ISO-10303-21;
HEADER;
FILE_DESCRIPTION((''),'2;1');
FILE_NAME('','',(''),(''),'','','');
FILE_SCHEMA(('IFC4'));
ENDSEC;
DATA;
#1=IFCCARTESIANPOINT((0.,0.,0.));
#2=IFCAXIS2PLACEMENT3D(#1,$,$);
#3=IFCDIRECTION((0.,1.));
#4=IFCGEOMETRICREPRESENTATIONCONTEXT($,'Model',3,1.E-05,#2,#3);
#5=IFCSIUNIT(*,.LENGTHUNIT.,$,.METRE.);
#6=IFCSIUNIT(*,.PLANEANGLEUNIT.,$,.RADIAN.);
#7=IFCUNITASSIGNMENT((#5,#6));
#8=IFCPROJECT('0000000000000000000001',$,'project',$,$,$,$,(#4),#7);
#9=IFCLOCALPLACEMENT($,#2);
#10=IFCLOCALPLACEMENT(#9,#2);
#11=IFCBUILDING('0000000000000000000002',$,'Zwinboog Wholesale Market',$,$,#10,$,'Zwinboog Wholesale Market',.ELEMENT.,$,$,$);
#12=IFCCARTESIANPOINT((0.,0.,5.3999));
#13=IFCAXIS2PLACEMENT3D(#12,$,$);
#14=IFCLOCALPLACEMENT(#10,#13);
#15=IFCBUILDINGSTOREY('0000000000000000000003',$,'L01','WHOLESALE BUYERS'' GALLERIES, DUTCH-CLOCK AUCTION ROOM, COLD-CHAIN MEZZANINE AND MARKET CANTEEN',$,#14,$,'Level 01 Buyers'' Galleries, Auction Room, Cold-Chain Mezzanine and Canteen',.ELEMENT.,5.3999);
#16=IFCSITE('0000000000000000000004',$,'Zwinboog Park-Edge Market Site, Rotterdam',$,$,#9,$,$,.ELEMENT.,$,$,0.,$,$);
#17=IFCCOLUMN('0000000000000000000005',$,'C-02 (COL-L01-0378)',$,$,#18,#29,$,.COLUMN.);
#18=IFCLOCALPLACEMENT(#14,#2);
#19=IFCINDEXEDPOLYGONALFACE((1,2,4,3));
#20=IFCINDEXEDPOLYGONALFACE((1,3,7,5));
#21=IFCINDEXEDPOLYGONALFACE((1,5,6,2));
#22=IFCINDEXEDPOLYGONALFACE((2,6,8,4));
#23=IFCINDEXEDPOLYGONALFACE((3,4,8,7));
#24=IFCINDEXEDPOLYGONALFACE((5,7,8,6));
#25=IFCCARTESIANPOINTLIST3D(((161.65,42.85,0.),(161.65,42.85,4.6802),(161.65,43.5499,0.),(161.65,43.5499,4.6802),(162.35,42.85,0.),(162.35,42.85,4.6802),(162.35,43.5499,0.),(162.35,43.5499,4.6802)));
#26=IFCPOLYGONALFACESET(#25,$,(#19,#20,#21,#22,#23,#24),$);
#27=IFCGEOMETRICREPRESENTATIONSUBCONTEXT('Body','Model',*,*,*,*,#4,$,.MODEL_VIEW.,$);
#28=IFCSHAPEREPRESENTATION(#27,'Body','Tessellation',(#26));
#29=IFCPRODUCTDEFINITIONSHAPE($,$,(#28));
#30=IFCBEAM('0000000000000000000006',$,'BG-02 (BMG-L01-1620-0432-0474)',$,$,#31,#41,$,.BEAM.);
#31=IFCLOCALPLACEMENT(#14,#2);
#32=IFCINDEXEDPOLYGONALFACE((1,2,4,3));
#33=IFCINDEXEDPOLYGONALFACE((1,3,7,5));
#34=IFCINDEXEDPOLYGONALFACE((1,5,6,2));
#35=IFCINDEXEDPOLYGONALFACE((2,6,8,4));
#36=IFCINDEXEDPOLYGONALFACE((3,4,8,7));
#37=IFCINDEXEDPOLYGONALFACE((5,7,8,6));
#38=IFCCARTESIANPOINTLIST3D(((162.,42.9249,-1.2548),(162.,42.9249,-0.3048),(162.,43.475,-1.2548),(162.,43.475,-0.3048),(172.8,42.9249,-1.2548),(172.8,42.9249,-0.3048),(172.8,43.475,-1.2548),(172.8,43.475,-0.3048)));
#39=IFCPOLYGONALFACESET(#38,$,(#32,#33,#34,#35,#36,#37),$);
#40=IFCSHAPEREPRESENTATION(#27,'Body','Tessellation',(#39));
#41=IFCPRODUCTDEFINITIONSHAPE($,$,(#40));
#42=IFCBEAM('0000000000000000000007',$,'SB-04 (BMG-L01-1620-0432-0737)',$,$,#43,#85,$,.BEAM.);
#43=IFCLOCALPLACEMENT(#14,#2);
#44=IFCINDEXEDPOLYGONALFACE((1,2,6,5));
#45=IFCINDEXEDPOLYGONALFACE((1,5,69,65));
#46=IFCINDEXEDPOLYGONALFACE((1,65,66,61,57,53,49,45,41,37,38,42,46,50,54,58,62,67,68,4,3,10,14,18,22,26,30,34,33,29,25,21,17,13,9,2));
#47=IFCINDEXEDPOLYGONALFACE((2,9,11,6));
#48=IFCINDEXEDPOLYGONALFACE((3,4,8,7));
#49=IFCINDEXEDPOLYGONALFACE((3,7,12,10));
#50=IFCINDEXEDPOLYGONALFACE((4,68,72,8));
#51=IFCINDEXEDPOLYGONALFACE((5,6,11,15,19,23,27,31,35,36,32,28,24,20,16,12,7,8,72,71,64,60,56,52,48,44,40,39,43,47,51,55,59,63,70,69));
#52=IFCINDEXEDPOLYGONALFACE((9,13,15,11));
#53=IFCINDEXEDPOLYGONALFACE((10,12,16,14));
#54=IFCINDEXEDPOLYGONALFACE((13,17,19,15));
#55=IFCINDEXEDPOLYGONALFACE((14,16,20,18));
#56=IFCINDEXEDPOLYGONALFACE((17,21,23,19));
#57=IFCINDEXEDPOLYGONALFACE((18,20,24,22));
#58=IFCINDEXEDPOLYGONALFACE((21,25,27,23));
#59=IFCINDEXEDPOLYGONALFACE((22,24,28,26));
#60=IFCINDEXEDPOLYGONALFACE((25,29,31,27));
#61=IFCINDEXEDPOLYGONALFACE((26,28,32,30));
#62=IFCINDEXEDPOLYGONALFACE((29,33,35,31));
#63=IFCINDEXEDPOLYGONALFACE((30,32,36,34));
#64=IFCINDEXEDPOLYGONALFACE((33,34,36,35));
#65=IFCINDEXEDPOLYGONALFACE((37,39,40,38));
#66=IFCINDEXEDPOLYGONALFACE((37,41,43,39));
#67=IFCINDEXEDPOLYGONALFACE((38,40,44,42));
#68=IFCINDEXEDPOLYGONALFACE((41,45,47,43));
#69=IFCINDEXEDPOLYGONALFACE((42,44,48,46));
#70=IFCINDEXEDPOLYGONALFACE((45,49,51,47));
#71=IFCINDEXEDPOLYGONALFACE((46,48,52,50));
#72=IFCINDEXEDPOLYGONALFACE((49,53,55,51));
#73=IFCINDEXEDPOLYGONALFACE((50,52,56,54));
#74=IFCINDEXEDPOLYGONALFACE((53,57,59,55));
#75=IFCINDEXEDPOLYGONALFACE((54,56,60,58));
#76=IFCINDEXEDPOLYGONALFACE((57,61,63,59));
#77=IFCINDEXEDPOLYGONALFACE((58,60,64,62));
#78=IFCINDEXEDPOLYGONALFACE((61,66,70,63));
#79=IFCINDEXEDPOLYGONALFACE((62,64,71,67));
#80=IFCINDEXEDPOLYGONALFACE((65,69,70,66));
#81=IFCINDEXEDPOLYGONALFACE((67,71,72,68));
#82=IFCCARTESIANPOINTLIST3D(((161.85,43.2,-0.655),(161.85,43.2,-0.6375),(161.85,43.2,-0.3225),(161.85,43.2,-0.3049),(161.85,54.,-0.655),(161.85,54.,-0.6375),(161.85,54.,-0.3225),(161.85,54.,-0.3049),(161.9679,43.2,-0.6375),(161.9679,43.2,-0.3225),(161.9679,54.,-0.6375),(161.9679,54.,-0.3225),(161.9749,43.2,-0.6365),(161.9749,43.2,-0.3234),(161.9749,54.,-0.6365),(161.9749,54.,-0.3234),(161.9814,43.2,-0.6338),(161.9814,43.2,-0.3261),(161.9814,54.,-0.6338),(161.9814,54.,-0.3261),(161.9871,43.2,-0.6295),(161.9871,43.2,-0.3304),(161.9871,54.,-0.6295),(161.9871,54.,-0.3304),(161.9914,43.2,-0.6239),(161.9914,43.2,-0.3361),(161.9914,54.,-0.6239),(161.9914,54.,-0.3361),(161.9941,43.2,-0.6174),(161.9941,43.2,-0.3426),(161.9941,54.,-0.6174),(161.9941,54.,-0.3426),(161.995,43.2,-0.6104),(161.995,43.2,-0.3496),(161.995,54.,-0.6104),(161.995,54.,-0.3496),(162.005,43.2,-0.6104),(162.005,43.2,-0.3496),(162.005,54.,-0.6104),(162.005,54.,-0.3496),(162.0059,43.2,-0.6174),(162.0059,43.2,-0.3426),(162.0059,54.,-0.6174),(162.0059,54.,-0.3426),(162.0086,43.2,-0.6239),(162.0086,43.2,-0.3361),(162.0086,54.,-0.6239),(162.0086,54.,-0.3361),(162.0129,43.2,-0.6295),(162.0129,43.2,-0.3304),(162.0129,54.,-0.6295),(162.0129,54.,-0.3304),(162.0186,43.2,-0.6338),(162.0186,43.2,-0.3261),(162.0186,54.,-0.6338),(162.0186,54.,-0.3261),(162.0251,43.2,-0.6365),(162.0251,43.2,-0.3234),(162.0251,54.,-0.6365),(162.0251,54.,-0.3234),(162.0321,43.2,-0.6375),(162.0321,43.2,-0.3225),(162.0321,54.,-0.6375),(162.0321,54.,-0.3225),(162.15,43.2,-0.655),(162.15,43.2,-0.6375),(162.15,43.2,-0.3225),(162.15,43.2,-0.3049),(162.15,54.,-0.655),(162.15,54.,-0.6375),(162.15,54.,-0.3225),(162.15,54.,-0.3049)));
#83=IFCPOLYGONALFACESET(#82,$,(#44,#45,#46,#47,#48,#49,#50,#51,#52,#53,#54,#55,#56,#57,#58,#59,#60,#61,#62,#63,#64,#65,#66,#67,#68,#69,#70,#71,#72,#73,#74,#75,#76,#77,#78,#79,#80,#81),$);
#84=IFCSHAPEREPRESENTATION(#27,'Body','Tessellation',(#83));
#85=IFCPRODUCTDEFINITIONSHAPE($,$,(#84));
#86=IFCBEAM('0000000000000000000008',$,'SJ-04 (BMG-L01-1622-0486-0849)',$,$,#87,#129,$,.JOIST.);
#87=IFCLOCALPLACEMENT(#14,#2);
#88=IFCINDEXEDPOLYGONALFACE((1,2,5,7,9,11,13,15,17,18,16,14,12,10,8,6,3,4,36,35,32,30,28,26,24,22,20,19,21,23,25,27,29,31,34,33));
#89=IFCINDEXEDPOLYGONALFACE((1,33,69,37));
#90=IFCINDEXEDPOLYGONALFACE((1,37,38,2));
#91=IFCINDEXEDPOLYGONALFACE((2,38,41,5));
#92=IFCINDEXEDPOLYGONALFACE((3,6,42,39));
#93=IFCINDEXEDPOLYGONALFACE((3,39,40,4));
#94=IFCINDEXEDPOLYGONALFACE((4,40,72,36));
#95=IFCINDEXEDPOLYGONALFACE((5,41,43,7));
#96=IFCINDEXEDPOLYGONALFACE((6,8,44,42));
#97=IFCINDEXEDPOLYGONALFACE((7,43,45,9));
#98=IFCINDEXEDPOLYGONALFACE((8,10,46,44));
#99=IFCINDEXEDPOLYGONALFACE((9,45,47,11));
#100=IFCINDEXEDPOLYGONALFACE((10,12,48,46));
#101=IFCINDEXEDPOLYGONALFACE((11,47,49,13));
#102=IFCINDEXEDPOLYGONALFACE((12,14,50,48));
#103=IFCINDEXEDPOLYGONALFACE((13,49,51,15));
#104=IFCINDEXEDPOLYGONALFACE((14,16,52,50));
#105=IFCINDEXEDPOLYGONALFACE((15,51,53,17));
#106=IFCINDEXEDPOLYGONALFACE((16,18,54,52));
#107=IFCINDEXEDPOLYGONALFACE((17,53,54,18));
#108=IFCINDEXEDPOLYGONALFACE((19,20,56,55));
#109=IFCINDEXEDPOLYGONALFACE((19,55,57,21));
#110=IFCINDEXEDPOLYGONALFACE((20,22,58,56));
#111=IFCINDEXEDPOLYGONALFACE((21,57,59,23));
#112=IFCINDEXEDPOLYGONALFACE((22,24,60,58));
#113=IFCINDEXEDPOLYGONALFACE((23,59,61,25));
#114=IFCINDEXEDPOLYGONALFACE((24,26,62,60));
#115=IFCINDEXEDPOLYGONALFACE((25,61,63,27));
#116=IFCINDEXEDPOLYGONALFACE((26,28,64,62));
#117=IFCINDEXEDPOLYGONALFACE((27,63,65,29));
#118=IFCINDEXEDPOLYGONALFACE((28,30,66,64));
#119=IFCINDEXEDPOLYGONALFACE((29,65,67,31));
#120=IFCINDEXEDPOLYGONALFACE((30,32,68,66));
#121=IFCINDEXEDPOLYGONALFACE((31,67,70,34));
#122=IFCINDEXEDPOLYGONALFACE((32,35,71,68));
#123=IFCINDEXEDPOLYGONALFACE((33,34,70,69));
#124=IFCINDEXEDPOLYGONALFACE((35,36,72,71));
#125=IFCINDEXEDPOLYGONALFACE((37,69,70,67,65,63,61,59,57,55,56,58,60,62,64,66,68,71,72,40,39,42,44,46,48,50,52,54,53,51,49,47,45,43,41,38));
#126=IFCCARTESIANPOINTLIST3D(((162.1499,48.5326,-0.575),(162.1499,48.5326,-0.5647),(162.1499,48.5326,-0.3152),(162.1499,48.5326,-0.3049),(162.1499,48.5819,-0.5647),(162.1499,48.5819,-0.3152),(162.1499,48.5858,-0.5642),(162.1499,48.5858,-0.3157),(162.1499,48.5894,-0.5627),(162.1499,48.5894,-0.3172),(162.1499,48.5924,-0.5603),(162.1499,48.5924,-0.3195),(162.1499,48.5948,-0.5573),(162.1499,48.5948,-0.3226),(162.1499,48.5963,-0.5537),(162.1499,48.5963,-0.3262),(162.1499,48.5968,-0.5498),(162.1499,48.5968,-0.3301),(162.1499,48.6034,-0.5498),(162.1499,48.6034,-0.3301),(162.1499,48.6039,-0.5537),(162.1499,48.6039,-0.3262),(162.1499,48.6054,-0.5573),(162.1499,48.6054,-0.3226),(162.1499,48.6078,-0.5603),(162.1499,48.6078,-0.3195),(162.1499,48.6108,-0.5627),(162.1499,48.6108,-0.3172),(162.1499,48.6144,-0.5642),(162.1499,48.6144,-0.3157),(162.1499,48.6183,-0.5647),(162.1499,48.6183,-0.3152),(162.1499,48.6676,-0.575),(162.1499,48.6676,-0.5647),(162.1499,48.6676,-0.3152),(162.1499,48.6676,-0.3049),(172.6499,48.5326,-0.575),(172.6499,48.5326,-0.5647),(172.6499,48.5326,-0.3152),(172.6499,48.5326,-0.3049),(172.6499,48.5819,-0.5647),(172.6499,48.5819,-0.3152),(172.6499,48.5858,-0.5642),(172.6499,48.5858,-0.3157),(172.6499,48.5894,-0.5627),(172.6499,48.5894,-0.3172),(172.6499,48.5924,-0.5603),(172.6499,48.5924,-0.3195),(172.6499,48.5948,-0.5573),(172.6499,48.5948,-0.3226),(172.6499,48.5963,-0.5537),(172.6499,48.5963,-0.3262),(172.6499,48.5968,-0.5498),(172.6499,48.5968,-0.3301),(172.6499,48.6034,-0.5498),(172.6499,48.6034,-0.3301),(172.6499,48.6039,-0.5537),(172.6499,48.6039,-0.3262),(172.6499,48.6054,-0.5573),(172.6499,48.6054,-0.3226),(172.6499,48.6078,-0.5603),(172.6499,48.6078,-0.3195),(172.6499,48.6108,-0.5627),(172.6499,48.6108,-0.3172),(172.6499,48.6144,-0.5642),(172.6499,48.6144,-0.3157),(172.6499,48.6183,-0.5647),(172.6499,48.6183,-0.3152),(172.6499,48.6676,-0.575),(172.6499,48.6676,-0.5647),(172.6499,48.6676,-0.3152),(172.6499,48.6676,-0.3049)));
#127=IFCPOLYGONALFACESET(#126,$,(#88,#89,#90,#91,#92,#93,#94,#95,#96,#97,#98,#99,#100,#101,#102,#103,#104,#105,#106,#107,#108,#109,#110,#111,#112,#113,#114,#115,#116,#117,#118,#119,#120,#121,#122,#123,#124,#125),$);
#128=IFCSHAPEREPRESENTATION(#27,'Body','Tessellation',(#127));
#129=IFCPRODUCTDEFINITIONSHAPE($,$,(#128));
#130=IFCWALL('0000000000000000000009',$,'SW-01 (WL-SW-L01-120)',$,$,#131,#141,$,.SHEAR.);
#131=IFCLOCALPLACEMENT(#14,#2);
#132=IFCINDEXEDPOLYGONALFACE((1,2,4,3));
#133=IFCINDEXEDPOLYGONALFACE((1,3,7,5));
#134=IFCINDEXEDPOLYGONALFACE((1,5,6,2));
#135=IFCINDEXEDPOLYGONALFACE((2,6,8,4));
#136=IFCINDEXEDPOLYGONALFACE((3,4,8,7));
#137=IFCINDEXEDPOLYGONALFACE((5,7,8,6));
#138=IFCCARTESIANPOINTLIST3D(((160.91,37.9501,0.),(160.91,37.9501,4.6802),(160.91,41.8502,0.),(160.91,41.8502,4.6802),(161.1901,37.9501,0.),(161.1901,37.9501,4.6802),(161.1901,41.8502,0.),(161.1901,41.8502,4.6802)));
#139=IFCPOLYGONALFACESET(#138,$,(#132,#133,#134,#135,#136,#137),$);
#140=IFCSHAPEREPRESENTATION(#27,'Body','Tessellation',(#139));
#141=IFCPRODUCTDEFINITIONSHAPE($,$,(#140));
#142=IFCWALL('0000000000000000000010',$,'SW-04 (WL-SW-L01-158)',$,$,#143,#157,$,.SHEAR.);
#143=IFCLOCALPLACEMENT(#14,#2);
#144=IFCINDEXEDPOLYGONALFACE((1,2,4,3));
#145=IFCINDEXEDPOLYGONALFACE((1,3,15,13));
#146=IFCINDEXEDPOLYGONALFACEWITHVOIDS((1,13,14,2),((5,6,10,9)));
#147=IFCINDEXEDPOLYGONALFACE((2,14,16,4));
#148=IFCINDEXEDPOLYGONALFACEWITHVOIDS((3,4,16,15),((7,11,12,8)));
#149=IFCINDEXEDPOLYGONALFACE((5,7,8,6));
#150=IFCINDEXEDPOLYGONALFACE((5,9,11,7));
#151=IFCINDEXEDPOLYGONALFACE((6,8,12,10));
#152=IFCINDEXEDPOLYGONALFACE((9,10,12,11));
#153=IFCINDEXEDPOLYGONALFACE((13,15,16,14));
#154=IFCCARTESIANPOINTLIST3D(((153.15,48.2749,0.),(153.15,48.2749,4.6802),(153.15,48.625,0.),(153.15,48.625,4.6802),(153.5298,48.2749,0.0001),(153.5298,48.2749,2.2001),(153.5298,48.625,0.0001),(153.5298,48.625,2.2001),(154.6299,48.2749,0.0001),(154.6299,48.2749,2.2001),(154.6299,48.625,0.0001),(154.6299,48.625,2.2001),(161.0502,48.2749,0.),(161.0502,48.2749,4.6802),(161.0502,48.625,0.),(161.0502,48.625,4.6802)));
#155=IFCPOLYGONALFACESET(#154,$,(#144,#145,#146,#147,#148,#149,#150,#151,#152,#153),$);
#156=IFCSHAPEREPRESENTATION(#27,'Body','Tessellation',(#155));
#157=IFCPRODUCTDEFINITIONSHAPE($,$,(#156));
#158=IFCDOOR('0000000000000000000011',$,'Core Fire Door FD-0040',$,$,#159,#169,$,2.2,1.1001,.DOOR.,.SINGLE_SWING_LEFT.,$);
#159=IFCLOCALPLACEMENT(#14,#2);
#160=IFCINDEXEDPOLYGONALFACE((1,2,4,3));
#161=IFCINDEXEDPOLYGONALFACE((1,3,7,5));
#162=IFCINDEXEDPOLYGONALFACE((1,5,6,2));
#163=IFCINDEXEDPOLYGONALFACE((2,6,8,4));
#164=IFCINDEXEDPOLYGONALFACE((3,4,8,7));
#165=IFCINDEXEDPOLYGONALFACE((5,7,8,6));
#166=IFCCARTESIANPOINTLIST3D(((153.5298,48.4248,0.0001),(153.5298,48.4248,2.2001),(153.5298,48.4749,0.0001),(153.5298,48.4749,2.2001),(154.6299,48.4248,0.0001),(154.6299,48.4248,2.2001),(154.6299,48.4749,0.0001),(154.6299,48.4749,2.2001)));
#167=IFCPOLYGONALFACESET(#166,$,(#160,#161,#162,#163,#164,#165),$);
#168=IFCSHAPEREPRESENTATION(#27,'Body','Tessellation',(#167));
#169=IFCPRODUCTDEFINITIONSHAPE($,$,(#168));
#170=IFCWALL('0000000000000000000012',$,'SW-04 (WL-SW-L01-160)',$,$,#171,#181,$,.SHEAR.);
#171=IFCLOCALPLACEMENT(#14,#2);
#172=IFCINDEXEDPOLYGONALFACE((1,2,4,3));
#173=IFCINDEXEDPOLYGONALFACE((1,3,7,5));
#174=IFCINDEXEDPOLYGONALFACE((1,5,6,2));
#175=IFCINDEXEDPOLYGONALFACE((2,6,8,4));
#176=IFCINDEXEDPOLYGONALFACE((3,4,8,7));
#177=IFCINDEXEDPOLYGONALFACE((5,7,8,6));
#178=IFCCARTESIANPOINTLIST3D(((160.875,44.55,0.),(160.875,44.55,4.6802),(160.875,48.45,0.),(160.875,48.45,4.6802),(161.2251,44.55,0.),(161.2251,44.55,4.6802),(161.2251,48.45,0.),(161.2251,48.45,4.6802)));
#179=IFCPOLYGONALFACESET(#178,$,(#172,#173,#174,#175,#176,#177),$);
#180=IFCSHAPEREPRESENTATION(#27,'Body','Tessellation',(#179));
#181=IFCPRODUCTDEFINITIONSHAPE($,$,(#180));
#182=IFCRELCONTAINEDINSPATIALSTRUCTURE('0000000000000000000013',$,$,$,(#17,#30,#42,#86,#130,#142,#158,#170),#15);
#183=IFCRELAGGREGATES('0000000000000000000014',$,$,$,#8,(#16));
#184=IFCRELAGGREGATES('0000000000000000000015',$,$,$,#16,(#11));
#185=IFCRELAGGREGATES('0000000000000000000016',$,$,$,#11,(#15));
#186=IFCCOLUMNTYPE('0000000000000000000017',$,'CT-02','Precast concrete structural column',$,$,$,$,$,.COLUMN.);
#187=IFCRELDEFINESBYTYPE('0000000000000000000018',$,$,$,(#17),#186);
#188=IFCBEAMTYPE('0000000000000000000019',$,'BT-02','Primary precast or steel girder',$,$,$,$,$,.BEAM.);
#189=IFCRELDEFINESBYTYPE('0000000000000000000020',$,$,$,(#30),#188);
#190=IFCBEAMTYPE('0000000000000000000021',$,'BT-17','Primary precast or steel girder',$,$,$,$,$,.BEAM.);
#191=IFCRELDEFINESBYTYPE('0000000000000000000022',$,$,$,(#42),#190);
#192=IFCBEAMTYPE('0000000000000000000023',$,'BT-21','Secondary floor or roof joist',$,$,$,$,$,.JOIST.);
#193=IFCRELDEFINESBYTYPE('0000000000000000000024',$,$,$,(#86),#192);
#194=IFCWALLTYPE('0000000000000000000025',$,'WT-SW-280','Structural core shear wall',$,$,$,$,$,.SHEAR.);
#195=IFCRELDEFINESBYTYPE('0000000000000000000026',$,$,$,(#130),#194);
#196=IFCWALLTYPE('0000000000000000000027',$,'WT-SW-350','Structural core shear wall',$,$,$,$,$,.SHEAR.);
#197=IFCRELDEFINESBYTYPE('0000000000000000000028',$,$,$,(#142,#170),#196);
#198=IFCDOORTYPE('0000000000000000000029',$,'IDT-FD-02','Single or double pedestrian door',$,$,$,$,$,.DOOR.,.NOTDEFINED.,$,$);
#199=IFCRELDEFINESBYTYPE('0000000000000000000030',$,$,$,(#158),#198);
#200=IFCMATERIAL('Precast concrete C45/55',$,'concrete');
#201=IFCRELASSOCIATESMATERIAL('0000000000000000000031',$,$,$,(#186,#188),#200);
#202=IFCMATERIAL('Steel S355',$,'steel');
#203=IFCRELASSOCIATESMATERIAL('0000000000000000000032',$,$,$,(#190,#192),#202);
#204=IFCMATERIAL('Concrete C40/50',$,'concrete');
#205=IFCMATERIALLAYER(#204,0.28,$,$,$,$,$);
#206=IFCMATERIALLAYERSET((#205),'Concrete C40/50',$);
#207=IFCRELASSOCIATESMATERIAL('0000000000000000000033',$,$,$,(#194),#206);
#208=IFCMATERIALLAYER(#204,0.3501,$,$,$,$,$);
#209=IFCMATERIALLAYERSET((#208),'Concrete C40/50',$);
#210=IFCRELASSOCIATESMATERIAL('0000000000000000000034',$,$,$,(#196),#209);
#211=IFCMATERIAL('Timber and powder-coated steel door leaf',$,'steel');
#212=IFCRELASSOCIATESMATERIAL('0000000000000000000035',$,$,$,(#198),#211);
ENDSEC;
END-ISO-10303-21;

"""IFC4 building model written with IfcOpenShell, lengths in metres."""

from ifc_helpers import new_model, si_unit, direction, frame, frame_2d, origin, origin_2d, place, context, subcontext, project, spatial, rectangle, i_section, extrude, material, layer, layer_set, material_profile, profile_set, type_object, element, fill, save


model = new_model("IFC4")

# Units and contexts
model_context = context("Model", 3, precision=1e-05, world=origin(), true_north=direction((0.0, 1.0)))
body_context = subcontext(model_context, "Body", "Model", "MODEL_VIEW")
ifc_project = project(units=[si_unit("LENGTHUNIT", "METRE"), si_unit("PLANEANGLEUNIT", "RADIAN")], contexts=[model_context])

# Site, building, storey
site_placement = place(None, origin())
site = spatial("IfcSite", under=ifc_project, at=site_placement, Name="Zwinboog Park-Edge Market Site, Rotterdam", CompositionType="ELEMENT", RefElevation=0.0)
building_placement = place(site_placement, origin())
building = spatial("IfcBuilding", under=site, at=building_placement, Name="Zwinboog Wholesale Market", LongName="Zwinboog Wholesale Market", CompositionType="ELEMENT")
storey_placement = place(building_placement, frame((0.0, 0.0, 5.3999)))
storey = spatial("IfcBuildingStorey", under=building, at=storey_placement, Name="L01", Description="WHOLESALE BUYERS' GALLERIES, DUTCH-CLOCK AUCTION ROOM, COLD-CHAIN MEZZANINE AND MARKET CANTEEN", LongName="Level 01 Buyers' Galleries, Auction Room, Cold-Chain Mezzanine and Canteen", CompositionType="ELEMENT", Elevation=5.3999)

# Column
ifc_material_1 = material(Name="Precast concrete C45/55", Category="concrete")
ifc_material_profile_1 = material_profile(ifc_material_1, rectangle(XDim=0.7, YDim=0.7, at=origin_2d()), Name="PC 700x700")
ifc_profile_set_1 = profile_set([ifc_material_profile_1], Name="Precast concrete C45/55")
column_type = type_object("IfcColumnType", Name="CT-02", Description="Precast concrete structural column", PredefinedType="COLUMN", material=ifc_profile_set_1)
column_placement = place(storey_placement, frame((162.0, 43.2, 0.0), z_axis=(0.0, 0.0, 1.0), x_axis=(1.0, 0.0, 0.0)))
element("IfcColumn", 1, at=column_placement, inside=storey, type_object=column_type, Name="C-02 (COL-L01-0378)", PredefinedType="COLUMN", context=body_context, shape_type="SweptSolid", body=[
    extrude(rectangle(XDim=0.7, YDim=0.7, at=origin_2d()), origin(), (0.0, 0.0, 1.0), 4.6802),
])

# Beams
ifc_material_profile_2 = material_profile(ifc_material_1, rectangle(XDim=0.55, YDim=0.95, at=origin_2d()), Name="PC 550x950")
ifc_profile_set_2 = profile_set([ifc_material_profile_2], Name="Precast concrete C45/55")
beam_type_1 = type_object("IfcBeamType", Name="BT-02", Description="Primary precast or steel girder", PredefinedType="BEAM", material=ifc_profile_set_2)
beam_1_placement = place(storey_placement, frame((162.0, 43.2, -0.7798), z_axis=(1.0, 0.0, 0.0), x_axis=(0.0, 1.0, 0.0)))
element("IfcBeam", 2, at=beam_1_placement, inside=storey, type_object=beam_type_1, Name="BG-02 (BMG-L01-1620-0432-0474)", PredefinedType="BEAM", context=body_context, shape_type="SweptSolid", body=[
    extrude(rectangle(XDim=0.55, YDim=0.95, at=origin_2d()), origin(), (0.0, 0.0, 1.0), 10.8),
])
ifc_material_2 = material(Name="Steel S355", Category="steel")
ifc_material_profile_3 = material_profile(ifc_material_2, i_section(OverallWidth=0.3, OverallDepth=0.3501, WebThickness=0.01, FlangeThickness=0.0176, FilletRadius=0.0271, at=origin_2d()), Name="HEA 360")
ifc_profile_set_3 = profile_set([ifc_material_profile_3], Name="Steel S355")
beam_type_2 = type_object("IfcBeamType", Name="BT-17", Description="Primary precast or steel girder", PredefinedType="BEAM", material=ifc_profile_set_3)
beam_2_placement = place(storey_placement, frame((162.0, 43.2, -0.48), z_axis=(0.0, 1.0, 0.0), x_axis=(-1.0, 0.0, 0.0)))
element("IfcBeam", 3, at=beam_2_placement, inside=storey, type_object=beam_type_2, Name="SB-04 (BMG-L01-1620-0432-0737)", PredefinedType="BEAM", context=body_context, shape_type="SweptSolid", body=[
    extrude(i_section(OverallWidth=0.3, OverallDepth=0.3501, WebThickness=0.01, FlangeThickness=0.0176, FilletRadius=0.0271, at=origin_2d()), origin(), (0.0, 0.0, 1.0), 10.8),
])
ifc_material_profile_4 = material_profile(ifc_material_2, i_section(OverallWidth=0.135, OverallDepth=0.27, WebThickness=0.0066, FlangeThickness=0.0103, FilletRadius=0.0149, at=origin_2d()), Name="IPE 270")
ifc_profile_set_4 = profile_set([ifc_material_profile_4], Name="Steel S355")
beam_type_3 = type_object("IfcBeamType", Name="BT-21", Description="Secondary floor or roof joist", PredefinedType="JOIST", material=ifc_profile_set_4)
beam_3_placement = place(storey_placement, frame((162.1499, 48.6001, -0.4399), z_axis=(1.0, 0.0, 0.0), x_axis=(0.0, 1.0, 0.0)))
element("IfcBeam", 4, at=beam_3_placement, inside=storey, type_object=beam_type_3, Name="SJ-04 (BMG-L01-1622-0486-0849)", PredefinedType="JOIST", context=body_context, shape_type="SweptSolid", body=[
    extrude(i_section(OverallWidth=0.135, OverallDepth=0.27, WebThickness=0.0066, FlangeThickness=0.0103, FilletRadius=0.0149, at=origin_2d()), origin(), (0.0, 0.0, 1.0), 10.5),
])

# Wall
ifc_material_3 = material(Name="Concrete C40/50", Category="concrete")
ifc_layer_1 = layer(ifc_material_3, 0.28)
ifc_layer_set_1 = layer_set([ifc_layer_1], Name="Concrete C40/50")
wall_type_1 = type_object("IfcWallType", Name="WT-SW-280", Description="Structural core shear wall", PredefinedType="SHEAR", material=ifc_layer_set_1)
wall_1_placement = place(storey_placement, frame((161.05, 37.95, 0.0), z_axis=(0.0, 0.0, 1.0), x_axis=(0.0, 1.0, 0.0)))
element("IfcWall", 5, at=wall_1_placement, inside=storey, type_object=wall_type_1, Name="SW-01 (WL-SW-L01-120)", PredefinedType="SHEAR", context=body_context, shape_type="SweptSolid", body=[
    extrude(rectangle(XDim=3.9001, YDim=0.28, at=frame_2d((1.9502, 0.0))), origin(), (0.0, 0.0, 1.0), 4.6802),
])

# Wall, opening, door
ifc_layer_2 = layer(ifc_material_3, 0.3501)
ifc_layer_set_2 = layer_set([ifc_layer_2], Name="Concrete C40/50")
wall_type_2 = type_object("IfcWallType", Name="WT-SW-350", Description="Structural core shear wall", PredefinedType="SHEAR", material=ifc_layer_set_2)
wall_2_placement = place(storey_placement, frame((153.1499, 48.45, 0.0), z_axis=(0.0, 0.0, 1.0), x_axis=(1.0, 0.0, 0.0)))
wall_2 = element("IfcWall", 6, at=wall_2_placement, inside=storey, type_object=wall_type_2, Name="SW-04 (WL-SW-L01-158)", PredefinedType="SHEAR", context=body_context, shape_type="SweptSolid", body=[
    extrude(rectangle(XDim=7.9001, YDim=0.3501, at=frame_2d((3.9502, 0.0))), origin(), (0.0, 0.0, 1.0), 4.6802),
])
opening_1_placement = place(wall_2_placement, frame((0.3799, 0.0, 0.0)))
opening_1 = element("IfcOpeningElement", 7, at=opening_1_placement, cuts=wall_2, PredefinedType="OPENING", context=body_context, shape_type="SweptSolid", body=[
    extrude(rectangle(XDim=1.1001, YDim=2.2, at=frame_2d((0.55, 1.1001))), frame((0.0, 0.1851, 0.0), z_axis=(0.0, -1.0, 0.0), x_axis=(1.0, 0.0, 0.0)), (0.0, 0.0, 1.0), 0.3701),
])
ifc_material_4 = material(Name="Timber and powder-coated steel door leaf", Category="steel")
door_type_1 = type_object("IfcDoorType", Name="IDT-FD-02", Description="Single or double pedestrian door", OperationType="NOTDEFINED", PredefinedType="DOOR", material=ifc_material_4)
door_1_placement = place(opening_1_placement, origin())
door_1 = element("IfcDoor", 8, at=door_1_placement, inside=storey, type_object=door_type_1, Name="Core Fire Door FD-0040", OperationType="SINGLE_SWING_LEFT", OverallHeight=2.2, OverallWidth=1.1001, PredefinedType="DOOR", context=body_context, shape_type="SweptSolid", body=[
    extrude(rectangle(XDim=1.1001, YDim=2.2, at=frame_2d((0.55, 1.1001))), frame((0.0, 0.0249, 0.0), z_axis=(0.0, -1.0, 0.0), x_axis=(1.0, 0.0, 0.0)), (0.0, 0.0, 1.0), 0.05),
])
fill(opening_1, door_1)

# Wall
wall_3_placement = place(storey_placement, frame((161.05, 44.55, 0.0), z_axis=(0.0, 0.0, 1.0), x_axis=(0.0, 1.0, 0.0)))
element("IfcWall", 9, at=wall_3_placement, inside=storey, type_object=wall_type_2, Name="SW-04 (WL-SW-L01-160)", PredefinedType="SHEAR", context=body_context, shape_type="SweptSolid", body=[
    extrude(rectangle(XDim=3.8999, YDim=0.3501, at=frame_2d((1.95, 0.0))), origin(), (0.0, 0.0, 1.0), 4.6802),
])

save(model, "model.ifc")
